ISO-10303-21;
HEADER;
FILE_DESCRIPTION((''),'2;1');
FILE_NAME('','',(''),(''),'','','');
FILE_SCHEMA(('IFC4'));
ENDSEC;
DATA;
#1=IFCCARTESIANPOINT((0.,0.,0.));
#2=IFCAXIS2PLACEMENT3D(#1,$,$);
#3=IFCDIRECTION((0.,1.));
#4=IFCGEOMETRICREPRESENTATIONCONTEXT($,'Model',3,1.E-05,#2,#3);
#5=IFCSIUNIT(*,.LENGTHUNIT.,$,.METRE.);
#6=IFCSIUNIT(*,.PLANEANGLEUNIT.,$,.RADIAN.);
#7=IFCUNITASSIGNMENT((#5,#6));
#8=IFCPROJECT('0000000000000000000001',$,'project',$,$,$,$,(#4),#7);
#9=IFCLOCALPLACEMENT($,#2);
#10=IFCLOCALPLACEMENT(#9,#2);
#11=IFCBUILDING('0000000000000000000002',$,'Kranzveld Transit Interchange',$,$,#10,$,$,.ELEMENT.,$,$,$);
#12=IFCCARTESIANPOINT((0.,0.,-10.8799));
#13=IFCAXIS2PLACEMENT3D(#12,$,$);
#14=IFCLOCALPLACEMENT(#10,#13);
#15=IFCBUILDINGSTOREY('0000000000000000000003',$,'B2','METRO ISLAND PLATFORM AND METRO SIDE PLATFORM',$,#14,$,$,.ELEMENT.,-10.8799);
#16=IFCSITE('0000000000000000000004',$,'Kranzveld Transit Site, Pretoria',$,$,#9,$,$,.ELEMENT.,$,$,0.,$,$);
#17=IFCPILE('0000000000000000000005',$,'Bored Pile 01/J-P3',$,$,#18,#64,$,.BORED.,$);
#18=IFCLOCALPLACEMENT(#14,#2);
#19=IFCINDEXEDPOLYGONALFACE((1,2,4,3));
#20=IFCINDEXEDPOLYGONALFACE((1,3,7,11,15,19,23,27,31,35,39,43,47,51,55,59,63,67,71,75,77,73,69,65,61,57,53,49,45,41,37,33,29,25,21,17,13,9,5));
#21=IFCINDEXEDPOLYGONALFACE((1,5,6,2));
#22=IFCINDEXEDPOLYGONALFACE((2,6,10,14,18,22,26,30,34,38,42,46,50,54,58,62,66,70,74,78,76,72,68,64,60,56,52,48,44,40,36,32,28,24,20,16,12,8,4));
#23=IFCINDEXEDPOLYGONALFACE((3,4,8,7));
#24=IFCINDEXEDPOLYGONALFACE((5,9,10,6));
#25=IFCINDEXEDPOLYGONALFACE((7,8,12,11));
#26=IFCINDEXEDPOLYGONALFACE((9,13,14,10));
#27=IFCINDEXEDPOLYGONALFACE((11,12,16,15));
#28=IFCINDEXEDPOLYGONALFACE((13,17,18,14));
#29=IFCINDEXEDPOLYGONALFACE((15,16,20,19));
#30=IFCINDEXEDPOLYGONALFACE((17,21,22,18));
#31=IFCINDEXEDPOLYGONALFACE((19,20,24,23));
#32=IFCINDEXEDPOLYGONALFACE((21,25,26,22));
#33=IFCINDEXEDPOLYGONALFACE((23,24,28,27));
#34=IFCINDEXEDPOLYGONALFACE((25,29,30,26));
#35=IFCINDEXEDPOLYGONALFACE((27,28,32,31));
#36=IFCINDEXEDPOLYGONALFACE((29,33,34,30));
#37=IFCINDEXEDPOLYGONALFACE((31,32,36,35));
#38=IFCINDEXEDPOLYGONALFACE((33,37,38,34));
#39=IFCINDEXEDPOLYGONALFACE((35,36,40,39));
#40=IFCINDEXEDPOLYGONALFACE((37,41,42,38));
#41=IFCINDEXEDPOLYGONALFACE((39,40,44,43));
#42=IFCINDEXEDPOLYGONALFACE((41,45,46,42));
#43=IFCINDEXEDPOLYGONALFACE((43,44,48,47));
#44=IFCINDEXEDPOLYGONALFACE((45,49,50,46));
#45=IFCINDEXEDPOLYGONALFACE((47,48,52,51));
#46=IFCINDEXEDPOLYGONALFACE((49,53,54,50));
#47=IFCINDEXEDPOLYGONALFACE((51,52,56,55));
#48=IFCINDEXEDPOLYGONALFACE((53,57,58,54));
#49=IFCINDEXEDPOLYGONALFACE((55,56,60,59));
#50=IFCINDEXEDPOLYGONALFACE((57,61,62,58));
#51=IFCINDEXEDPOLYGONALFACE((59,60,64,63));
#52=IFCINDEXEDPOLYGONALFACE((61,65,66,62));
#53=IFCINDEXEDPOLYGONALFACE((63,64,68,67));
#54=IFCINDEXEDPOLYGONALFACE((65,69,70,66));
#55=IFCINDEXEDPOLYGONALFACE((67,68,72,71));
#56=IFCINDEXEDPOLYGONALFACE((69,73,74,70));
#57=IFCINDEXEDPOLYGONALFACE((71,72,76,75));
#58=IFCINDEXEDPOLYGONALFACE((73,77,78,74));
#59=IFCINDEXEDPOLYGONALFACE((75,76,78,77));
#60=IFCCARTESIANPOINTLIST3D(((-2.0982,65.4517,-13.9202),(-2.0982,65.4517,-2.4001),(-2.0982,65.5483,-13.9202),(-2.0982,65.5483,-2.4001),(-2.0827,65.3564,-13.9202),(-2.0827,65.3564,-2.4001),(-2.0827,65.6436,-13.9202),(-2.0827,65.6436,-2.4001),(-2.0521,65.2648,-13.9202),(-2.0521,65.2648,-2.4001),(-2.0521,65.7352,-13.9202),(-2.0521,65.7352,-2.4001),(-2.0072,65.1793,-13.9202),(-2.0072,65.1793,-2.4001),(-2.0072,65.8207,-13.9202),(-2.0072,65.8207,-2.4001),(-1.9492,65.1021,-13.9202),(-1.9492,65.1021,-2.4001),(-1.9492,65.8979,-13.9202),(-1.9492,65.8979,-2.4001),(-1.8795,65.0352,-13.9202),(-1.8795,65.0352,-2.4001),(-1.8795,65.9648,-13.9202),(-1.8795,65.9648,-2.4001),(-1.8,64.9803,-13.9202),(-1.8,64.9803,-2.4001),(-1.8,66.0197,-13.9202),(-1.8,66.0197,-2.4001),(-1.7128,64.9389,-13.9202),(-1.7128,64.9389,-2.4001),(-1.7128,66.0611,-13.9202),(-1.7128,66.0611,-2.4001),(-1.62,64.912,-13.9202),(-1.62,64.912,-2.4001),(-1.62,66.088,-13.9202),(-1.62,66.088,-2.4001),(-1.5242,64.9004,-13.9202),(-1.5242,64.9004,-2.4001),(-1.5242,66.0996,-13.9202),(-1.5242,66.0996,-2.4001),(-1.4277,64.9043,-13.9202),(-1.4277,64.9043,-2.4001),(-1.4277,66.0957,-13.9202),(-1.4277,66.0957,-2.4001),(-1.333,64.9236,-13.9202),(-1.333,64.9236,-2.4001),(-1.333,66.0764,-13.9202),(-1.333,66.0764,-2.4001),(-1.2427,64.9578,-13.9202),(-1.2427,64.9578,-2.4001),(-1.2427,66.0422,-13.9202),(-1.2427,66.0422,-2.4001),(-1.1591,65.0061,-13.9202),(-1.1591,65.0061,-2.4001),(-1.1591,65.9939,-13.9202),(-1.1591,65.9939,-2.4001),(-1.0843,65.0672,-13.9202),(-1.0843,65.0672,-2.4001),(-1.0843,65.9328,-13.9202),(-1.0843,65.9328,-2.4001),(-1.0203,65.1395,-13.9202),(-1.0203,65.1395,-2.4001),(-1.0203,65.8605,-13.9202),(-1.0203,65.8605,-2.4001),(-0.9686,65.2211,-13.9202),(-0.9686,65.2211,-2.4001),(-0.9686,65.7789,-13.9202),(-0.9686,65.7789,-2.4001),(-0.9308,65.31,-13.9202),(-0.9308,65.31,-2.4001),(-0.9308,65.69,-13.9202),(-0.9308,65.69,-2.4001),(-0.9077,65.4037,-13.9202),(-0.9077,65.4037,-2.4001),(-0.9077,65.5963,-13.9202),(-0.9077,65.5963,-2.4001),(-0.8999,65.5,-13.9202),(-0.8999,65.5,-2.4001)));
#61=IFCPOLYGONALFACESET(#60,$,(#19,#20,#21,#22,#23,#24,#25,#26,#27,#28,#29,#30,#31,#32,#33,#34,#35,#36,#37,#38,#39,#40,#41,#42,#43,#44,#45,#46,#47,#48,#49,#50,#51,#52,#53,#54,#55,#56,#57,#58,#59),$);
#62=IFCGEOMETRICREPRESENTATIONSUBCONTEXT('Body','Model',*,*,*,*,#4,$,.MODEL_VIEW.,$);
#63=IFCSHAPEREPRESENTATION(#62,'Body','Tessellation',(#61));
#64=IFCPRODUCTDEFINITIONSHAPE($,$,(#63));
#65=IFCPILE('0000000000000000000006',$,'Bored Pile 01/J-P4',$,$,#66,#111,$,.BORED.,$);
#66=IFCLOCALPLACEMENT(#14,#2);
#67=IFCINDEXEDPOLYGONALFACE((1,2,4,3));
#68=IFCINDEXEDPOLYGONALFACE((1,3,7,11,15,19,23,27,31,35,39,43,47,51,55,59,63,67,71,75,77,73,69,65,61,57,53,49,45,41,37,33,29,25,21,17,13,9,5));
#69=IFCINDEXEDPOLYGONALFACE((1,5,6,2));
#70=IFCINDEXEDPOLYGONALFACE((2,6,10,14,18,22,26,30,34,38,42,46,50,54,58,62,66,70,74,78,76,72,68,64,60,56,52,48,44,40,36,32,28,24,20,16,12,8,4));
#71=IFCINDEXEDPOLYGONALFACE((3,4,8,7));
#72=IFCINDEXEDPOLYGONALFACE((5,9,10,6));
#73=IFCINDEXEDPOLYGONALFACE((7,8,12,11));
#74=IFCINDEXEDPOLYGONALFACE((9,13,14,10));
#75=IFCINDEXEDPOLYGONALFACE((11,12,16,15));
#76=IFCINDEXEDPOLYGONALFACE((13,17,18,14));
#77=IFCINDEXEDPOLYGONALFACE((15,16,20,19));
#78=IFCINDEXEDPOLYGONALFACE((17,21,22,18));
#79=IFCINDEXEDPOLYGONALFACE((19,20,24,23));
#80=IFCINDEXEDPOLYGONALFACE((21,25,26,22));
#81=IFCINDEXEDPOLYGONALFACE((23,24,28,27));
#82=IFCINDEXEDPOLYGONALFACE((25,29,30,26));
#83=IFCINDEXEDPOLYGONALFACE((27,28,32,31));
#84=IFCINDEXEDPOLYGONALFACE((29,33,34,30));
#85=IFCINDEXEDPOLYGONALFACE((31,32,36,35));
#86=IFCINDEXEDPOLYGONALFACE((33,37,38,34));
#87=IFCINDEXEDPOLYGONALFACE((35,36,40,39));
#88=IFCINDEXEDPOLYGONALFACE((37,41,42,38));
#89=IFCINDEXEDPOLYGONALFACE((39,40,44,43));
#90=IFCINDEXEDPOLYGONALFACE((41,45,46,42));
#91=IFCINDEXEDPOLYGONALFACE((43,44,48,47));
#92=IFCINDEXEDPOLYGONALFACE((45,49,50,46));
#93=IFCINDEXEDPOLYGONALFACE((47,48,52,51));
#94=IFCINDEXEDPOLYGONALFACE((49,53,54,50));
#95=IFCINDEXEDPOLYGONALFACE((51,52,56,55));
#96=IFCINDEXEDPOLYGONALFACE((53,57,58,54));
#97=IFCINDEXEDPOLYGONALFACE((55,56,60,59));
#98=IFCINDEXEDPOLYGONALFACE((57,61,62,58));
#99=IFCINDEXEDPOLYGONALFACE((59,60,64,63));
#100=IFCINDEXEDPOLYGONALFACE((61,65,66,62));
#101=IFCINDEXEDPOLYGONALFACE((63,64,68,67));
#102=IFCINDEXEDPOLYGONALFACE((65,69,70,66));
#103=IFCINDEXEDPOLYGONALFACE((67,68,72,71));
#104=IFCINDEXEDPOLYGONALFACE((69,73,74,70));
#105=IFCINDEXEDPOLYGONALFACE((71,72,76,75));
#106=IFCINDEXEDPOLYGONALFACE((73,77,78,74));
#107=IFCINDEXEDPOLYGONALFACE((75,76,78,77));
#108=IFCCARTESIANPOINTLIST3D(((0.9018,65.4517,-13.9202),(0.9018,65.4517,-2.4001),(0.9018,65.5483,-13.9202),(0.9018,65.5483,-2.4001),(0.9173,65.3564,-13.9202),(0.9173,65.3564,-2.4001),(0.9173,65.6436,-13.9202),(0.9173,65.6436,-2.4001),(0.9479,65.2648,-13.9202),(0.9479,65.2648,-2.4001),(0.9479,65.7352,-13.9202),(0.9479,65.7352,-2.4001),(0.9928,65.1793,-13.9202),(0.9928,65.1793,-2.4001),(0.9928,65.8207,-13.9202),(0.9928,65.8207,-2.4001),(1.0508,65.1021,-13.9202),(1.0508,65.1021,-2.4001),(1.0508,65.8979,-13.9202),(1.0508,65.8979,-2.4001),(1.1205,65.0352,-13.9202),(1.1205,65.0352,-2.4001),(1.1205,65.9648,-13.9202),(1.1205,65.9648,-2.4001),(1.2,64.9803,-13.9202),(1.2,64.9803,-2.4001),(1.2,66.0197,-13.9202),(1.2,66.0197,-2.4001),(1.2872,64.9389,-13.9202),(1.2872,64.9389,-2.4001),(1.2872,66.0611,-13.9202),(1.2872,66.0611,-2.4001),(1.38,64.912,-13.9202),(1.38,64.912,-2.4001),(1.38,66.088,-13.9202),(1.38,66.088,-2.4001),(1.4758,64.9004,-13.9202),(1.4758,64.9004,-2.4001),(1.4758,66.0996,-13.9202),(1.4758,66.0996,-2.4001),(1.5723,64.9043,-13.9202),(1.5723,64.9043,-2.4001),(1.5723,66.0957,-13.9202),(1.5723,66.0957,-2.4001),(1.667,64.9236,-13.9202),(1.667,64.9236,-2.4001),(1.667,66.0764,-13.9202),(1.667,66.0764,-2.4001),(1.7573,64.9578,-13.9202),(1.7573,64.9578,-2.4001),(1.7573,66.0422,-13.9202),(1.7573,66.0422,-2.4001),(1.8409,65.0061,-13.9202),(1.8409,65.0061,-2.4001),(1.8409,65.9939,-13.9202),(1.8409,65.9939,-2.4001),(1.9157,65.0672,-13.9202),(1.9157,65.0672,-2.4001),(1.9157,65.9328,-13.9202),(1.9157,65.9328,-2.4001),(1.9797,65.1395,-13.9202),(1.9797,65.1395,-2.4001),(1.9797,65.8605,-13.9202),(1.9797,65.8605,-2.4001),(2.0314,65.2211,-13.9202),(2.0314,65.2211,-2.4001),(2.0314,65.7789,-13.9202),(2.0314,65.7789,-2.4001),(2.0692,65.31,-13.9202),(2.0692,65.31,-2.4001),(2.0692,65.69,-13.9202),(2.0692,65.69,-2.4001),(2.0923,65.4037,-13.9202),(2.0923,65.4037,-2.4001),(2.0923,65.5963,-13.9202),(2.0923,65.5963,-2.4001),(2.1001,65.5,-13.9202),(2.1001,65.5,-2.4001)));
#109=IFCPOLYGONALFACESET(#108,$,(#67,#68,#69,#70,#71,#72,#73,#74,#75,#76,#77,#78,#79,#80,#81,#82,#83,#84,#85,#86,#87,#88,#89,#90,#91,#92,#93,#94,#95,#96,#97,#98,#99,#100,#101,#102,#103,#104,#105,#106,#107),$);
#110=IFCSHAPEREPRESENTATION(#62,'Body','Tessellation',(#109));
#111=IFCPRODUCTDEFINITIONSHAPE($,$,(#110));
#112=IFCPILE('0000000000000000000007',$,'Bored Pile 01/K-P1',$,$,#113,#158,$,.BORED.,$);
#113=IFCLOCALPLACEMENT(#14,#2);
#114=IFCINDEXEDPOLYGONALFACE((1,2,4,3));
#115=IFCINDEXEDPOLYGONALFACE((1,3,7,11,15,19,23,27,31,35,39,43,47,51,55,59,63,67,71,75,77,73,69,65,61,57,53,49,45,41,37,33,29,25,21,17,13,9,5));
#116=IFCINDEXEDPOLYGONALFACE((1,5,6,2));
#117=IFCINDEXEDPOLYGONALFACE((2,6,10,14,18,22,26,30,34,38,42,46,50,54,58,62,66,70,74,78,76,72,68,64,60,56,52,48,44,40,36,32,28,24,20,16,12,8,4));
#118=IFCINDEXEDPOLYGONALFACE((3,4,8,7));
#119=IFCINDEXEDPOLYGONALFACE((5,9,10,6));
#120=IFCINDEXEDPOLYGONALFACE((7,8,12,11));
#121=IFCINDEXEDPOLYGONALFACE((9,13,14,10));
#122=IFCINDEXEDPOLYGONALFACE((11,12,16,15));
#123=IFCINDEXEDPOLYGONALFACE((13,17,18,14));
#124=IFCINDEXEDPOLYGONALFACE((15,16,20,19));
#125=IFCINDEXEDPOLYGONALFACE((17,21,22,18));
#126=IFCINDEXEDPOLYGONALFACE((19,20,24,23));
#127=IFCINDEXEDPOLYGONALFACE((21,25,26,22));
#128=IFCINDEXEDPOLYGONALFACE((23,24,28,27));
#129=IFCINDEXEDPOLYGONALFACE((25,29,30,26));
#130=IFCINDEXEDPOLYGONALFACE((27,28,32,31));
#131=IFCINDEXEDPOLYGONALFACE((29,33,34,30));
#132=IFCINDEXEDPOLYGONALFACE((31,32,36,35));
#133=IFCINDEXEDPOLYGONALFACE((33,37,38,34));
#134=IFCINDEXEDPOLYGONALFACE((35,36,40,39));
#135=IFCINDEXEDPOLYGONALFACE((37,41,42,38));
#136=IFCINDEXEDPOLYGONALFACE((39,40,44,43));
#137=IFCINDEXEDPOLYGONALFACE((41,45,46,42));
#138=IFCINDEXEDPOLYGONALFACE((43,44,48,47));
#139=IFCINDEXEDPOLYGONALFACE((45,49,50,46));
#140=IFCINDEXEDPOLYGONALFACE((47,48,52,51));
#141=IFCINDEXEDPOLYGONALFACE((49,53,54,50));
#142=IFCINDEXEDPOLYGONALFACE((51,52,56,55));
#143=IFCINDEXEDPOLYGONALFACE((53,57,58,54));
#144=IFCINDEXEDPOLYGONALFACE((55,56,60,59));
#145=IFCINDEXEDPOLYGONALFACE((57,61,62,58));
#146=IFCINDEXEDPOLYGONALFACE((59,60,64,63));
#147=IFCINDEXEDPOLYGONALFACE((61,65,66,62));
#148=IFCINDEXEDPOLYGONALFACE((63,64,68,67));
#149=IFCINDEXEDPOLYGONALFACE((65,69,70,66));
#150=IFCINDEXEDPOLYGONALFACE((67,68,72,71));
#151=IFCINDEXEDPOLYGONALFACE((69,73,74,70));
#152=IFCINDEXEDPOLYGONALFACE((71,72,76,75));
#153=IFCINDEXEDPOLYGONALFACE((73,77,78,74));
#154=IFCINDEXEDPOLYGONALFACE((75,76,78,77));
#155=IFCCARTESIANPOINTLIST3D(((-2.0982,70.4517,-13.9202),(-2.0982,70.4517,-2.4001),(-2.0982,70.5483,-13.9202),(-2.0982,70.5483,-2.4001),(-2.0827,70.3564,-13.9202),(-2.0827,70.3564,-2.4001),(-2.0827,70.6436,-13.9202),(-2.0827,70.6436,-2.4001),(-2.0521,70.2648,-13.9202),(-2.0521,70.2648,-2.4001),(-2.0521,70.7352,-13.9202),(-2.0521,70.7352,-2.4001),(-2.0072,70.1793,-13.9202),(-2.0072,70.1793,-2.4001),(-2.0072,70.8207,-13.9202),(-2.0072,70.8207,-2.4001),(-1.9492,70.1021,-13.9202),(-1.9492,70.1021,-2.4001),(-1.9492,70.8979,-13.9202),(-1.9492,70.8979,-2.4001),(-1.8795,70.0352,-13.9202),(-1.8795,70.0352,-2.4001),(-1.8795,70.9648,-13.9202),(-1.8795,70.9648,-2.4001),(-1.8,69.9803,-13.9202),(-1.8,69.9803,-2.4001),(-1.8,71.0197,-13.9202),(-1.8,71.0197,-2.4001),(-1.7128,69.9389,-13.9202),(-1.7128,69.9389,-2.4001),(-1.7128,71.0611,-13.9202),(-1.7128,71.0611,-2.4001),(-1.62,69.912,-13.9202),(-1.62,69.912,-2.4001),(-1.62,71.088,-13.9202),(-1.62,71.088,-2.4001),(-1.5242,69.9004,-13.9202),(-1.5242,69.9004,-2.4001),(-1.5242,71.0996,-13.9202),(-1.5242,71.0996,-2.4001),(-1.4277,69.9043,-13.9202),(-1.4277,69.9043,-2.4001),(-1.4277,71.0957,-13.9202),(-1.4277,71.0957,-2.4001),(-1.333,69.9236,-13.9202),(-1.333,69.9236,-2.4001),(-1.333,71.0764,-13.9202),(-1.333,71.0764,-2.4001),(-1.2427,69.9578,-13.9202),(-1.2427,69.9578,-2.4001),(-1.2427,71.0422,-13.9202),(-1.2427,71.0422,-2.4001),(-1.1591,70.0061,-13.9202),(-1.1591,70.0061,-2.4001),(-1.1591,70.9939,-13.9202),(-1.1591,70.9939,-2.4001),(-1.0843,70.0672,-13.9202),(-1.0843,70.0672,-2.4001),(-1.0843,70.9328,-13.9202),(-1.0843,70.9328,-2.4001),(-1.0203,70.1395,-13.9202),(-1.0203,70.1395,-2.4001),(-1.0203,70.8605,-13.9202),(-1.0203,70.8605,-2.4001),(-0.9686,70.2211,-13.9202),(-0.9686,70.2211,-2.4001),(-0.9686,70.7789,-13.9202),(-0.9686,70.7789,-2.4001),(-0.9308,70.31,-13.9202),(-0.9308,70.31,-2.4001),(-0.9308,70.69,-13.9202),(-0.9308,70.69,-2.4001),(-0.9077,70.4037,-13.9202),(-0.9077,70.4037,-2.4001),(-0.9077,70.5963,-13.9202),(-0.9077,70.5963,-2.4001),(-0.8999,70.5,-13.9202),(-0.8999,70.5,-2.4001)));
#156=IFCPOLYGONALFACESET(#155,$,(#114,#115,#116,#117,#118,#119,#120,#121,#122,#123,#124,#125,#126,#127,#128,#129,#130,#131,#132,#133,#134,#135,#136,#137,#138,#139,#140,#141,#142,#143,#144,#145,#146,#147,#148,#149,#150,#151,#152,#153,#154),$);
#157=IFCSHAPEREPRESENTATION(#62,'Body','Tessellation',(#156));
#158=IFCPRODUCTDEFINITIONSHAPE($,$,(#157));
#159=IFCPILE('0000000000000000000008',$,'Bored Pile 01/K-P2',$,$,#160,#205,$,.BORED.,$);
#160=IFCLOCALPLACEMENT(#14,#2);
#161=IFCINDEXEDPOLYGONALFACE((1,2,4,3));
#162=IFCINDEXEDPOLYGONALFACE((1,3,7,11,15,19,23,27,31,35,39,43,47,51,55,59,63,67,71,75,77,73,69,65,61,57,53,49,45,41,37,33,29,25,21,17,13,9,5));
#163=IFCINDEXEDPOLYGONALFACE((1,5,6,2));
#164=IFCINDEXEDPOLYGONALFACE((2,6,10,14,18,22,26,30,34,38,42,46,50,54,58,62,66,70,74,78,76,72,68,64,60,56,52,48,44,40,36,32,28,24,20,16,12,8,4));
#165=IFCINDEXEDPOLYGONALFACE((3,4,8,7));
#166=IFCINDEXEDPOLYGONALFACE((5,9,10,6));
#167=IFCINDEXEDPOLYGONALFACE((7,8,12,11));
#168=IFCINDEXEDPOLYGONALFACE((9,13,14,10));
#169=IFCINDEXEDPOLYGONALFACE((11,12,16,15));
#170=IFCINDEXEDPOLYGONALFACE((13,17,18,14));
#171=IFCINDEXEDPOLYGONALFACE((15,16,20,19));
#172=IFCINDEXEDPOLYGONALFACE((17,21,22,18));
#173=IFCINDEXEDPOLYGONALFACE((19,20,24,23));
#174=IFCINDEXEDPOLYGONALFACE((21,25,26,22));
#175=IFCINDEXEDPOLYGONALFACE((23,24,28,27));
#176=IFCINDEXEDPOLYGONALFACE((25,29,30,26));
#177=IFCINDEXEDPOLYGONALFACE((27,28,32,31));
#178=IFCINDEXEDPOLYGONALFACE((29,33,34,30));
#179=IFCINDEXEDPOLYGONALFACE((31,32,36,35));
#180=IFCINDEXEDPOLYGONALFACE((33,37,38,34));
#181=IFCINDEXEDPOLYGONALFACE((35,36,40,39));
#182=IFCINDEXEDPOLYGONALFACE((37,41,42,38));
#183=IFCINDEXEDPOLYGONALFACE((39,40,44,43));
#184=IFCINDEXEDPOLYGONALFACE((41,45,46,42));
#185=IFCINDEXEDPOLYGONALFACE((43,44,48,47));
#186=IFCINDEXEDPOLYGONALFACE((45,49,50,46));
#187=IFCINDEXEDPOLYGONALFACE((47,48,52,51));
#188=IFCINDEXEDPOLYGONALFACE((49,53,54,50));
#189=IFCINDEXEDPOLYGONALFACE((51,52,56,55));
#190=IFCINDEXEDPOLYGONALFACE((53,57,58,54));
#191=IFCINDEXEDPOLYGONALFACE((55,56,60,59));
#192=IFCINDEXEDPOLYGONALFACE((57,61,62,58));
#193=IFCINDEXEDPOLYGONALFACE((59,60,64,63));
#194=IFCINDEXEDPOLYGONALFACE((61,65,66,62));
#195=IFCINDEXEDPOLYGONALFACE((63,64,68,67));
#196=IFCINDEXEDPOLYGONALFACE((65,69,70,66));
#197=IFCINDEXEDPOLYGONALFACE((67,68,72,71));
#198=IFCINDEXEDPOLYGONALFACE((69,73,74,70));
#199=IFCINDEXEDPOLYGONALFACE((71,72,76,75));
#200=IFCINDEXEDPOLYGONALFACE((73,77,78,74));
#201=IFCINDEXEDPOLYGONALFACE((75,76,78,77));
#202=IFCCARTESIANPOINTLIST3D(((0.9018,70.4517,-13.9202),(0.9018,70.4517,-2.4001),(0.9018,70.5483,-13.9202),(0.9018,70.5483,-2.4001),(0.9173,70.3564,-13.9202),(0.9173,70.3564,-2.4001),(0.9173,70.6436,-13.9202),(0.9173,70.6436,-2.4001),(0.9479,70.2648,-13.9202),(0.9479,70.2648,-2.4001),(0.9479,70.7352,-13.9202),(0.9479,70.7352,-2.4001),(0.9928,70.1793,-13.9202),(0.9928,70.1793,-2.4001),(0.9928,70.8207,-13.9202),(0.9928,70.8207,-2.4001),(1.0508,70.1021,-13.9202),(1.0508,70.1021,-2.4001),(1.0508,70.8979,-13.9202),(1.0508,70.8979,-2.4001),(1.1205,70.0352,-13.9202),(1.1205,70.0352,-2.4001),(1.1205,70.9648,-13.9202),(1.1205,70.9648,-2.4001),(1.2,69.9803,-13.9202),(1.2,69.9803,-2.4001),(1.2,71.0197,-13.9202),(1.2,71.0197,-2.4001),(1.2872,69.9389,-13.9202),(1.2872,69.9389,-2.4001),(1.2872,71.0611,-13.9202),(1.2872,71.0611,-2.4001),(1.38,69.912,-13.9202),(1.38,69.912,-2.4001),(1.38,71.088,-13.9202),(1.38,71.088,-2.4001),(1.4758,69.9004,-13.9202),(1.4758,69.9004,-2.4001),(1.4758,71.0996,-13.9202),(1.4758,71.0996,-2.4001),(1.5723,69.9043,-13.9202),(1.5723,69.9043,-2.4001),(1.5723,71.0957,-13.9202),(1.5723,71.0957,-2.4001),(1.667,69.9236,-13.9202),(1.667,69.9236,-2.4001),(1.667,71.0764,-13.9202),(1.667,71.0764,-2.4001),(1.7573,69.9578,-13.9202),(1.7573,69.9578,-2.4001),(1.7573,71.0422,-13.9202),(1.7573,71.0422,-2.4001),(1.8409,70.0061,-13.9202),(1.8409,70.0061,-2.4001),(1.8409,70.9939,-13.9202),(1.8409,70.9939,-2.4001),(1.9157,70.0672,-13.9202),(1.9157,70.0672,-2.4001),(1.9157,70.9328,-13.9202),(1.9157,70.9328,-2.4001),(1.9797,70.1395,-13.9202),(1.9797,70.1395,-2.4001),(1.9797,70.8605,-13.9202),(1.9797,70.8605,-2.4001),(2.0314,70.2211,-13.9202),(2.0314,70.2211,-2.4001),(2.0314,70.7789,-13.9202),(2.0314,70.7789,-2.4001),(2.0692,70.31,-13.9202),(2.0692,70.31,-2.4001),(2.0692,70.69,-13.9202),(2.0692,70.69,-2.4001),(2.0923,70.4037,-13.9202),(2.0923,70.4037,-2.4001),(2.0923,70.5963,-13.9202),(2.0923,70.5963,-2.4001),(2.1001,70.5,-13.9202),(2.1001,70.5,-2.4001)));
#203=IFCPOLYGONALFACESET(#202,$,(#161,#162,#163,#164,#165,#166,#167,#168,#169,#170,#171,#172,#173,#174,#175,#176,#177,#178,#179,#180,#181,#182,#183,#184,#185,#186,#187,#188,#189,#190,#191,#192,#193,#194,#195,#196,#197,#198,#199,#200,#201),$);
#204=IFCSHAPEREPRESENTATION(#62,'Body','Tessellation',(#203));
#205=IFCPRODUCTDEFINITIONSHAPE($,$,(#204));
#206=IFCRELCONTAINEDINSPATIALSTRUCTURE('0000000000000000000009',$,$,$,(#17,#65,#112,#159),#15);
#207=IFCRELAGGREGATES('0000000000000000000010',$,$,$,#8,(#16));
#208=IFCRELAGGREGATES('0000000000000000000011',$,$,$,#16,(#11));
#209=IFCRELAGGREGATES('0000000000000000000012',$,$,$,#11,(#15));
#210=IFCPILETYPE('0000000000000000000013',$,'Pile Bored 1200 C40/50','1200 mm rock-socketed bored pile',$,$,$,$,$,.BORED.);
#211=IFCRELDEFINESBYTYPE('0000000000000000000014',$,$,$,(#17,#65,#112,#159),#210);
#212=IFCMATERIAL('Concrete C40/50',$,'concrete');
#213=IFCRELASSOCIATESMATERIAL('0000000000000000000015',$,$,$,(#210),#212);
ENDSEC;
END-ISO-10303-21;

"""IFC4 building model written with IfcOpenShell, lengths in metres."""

from ifc_helpers import new_model, si_unit, direction, frame, origin, origin_2d, place, context, subcontext, project, spatial, circle, extrude, material, material_profile, profile_set, type_object, element, save


model = new_model("IFC4")

# Units and contexts
model_context = context("Model", 3, precision=1e-05, world=origin(), true_north=direction((0.0, 1.0)))
body_context = subcontext(model_context, "Body", "Model", "MODEL_VIEW")
ifc_project = project(units=[si_unit("LENGTHUNIT", "METRE"), si_unit("PLANEANGLEUNIT", "RADIAN")], contexts=[model_context])

# Site, building, storey
site_placement = place(None, origin())
site = spatial("IfcSite", under=ifc_project, at=site_placement, Name="Kranzveld Transit Site, Pretoria", CompositionType="ELEMENT", RefElevation=0.0)
building_placement = place(site_placement, origin())
building = spatial("IfcBuilding", under=site, at=building_placement, Name="Kranzveld Transit Interchange", CompositionType="ELEMENT")
storey_placement = place(building_placement, frame((0.0, 0.0, -10.8799)))
storey = spatial("IfcBuildingStorey", under=building, at=storey_placement, Name="B2", Description="METRO ISLAND PLATFORM AND METRO SIDE PLATFORM", CompositionType="ELEMENT", Elevation=-10.8799)

# Piles
ifc_material_1 = material(Name="Concrete C40/50", Category="concrete")
ifc_material_profile_1 = material_profile(ifc_material_1, circle(Radius=0.6001, at=origin_2d()), Name="BORED PILE 1200")
ifc_profile_set_1 = profile_set([ifc_material_profile_1], Name="Concrete C40/50")
pile_type = type_object("IfcPileType", Name="Pile Bored 1200 C40/50", Description="1200 mm rock-socketed bored pile", PredefinedType="BORED", material=ifc_profile_set_1)
for number, where, z_axis, x_axis, name in (
    (1, (-1.5, 65.5, -2.4001), (0.0, 0.0, -1.0), (1.0, 0.0, 0.0), "Bored Pile 01/J-P3"),
    (2, (1.5, 65.5, -2.4001), (0.0, 0.0, -1.0), (1.0, 0.0, 0.0), "Bored Pile 01/J-P4"),
    (3, (-1.5, 70.5, -2.4001), (0.0, 0.0, -1.0), (1.0, 0.0, 0.0), "Bored Pile 01/K-P1"),
    (4, (1.5, 70.5, -2.4001), (0.0, 0.0, -1.0), (1.0, 0.0, 0.0), "Bored Pile 01/K-P2"),
):
    element("IfcPile", number, at=place(storey_placement, frame(where, z_axis=z_axis, x_axis=x_axis)), inside=storey, type_object=pile_type, Name=name, PredefinedType="BORED", context=body_context, shape_type="SweptSolid", body=[
        extrude(circle(Radius=0.6001, at=origin_2d()), origin(), (0.0, 0.0, 1.0), 11.52),
    ])

save(model, "model.ifc")
